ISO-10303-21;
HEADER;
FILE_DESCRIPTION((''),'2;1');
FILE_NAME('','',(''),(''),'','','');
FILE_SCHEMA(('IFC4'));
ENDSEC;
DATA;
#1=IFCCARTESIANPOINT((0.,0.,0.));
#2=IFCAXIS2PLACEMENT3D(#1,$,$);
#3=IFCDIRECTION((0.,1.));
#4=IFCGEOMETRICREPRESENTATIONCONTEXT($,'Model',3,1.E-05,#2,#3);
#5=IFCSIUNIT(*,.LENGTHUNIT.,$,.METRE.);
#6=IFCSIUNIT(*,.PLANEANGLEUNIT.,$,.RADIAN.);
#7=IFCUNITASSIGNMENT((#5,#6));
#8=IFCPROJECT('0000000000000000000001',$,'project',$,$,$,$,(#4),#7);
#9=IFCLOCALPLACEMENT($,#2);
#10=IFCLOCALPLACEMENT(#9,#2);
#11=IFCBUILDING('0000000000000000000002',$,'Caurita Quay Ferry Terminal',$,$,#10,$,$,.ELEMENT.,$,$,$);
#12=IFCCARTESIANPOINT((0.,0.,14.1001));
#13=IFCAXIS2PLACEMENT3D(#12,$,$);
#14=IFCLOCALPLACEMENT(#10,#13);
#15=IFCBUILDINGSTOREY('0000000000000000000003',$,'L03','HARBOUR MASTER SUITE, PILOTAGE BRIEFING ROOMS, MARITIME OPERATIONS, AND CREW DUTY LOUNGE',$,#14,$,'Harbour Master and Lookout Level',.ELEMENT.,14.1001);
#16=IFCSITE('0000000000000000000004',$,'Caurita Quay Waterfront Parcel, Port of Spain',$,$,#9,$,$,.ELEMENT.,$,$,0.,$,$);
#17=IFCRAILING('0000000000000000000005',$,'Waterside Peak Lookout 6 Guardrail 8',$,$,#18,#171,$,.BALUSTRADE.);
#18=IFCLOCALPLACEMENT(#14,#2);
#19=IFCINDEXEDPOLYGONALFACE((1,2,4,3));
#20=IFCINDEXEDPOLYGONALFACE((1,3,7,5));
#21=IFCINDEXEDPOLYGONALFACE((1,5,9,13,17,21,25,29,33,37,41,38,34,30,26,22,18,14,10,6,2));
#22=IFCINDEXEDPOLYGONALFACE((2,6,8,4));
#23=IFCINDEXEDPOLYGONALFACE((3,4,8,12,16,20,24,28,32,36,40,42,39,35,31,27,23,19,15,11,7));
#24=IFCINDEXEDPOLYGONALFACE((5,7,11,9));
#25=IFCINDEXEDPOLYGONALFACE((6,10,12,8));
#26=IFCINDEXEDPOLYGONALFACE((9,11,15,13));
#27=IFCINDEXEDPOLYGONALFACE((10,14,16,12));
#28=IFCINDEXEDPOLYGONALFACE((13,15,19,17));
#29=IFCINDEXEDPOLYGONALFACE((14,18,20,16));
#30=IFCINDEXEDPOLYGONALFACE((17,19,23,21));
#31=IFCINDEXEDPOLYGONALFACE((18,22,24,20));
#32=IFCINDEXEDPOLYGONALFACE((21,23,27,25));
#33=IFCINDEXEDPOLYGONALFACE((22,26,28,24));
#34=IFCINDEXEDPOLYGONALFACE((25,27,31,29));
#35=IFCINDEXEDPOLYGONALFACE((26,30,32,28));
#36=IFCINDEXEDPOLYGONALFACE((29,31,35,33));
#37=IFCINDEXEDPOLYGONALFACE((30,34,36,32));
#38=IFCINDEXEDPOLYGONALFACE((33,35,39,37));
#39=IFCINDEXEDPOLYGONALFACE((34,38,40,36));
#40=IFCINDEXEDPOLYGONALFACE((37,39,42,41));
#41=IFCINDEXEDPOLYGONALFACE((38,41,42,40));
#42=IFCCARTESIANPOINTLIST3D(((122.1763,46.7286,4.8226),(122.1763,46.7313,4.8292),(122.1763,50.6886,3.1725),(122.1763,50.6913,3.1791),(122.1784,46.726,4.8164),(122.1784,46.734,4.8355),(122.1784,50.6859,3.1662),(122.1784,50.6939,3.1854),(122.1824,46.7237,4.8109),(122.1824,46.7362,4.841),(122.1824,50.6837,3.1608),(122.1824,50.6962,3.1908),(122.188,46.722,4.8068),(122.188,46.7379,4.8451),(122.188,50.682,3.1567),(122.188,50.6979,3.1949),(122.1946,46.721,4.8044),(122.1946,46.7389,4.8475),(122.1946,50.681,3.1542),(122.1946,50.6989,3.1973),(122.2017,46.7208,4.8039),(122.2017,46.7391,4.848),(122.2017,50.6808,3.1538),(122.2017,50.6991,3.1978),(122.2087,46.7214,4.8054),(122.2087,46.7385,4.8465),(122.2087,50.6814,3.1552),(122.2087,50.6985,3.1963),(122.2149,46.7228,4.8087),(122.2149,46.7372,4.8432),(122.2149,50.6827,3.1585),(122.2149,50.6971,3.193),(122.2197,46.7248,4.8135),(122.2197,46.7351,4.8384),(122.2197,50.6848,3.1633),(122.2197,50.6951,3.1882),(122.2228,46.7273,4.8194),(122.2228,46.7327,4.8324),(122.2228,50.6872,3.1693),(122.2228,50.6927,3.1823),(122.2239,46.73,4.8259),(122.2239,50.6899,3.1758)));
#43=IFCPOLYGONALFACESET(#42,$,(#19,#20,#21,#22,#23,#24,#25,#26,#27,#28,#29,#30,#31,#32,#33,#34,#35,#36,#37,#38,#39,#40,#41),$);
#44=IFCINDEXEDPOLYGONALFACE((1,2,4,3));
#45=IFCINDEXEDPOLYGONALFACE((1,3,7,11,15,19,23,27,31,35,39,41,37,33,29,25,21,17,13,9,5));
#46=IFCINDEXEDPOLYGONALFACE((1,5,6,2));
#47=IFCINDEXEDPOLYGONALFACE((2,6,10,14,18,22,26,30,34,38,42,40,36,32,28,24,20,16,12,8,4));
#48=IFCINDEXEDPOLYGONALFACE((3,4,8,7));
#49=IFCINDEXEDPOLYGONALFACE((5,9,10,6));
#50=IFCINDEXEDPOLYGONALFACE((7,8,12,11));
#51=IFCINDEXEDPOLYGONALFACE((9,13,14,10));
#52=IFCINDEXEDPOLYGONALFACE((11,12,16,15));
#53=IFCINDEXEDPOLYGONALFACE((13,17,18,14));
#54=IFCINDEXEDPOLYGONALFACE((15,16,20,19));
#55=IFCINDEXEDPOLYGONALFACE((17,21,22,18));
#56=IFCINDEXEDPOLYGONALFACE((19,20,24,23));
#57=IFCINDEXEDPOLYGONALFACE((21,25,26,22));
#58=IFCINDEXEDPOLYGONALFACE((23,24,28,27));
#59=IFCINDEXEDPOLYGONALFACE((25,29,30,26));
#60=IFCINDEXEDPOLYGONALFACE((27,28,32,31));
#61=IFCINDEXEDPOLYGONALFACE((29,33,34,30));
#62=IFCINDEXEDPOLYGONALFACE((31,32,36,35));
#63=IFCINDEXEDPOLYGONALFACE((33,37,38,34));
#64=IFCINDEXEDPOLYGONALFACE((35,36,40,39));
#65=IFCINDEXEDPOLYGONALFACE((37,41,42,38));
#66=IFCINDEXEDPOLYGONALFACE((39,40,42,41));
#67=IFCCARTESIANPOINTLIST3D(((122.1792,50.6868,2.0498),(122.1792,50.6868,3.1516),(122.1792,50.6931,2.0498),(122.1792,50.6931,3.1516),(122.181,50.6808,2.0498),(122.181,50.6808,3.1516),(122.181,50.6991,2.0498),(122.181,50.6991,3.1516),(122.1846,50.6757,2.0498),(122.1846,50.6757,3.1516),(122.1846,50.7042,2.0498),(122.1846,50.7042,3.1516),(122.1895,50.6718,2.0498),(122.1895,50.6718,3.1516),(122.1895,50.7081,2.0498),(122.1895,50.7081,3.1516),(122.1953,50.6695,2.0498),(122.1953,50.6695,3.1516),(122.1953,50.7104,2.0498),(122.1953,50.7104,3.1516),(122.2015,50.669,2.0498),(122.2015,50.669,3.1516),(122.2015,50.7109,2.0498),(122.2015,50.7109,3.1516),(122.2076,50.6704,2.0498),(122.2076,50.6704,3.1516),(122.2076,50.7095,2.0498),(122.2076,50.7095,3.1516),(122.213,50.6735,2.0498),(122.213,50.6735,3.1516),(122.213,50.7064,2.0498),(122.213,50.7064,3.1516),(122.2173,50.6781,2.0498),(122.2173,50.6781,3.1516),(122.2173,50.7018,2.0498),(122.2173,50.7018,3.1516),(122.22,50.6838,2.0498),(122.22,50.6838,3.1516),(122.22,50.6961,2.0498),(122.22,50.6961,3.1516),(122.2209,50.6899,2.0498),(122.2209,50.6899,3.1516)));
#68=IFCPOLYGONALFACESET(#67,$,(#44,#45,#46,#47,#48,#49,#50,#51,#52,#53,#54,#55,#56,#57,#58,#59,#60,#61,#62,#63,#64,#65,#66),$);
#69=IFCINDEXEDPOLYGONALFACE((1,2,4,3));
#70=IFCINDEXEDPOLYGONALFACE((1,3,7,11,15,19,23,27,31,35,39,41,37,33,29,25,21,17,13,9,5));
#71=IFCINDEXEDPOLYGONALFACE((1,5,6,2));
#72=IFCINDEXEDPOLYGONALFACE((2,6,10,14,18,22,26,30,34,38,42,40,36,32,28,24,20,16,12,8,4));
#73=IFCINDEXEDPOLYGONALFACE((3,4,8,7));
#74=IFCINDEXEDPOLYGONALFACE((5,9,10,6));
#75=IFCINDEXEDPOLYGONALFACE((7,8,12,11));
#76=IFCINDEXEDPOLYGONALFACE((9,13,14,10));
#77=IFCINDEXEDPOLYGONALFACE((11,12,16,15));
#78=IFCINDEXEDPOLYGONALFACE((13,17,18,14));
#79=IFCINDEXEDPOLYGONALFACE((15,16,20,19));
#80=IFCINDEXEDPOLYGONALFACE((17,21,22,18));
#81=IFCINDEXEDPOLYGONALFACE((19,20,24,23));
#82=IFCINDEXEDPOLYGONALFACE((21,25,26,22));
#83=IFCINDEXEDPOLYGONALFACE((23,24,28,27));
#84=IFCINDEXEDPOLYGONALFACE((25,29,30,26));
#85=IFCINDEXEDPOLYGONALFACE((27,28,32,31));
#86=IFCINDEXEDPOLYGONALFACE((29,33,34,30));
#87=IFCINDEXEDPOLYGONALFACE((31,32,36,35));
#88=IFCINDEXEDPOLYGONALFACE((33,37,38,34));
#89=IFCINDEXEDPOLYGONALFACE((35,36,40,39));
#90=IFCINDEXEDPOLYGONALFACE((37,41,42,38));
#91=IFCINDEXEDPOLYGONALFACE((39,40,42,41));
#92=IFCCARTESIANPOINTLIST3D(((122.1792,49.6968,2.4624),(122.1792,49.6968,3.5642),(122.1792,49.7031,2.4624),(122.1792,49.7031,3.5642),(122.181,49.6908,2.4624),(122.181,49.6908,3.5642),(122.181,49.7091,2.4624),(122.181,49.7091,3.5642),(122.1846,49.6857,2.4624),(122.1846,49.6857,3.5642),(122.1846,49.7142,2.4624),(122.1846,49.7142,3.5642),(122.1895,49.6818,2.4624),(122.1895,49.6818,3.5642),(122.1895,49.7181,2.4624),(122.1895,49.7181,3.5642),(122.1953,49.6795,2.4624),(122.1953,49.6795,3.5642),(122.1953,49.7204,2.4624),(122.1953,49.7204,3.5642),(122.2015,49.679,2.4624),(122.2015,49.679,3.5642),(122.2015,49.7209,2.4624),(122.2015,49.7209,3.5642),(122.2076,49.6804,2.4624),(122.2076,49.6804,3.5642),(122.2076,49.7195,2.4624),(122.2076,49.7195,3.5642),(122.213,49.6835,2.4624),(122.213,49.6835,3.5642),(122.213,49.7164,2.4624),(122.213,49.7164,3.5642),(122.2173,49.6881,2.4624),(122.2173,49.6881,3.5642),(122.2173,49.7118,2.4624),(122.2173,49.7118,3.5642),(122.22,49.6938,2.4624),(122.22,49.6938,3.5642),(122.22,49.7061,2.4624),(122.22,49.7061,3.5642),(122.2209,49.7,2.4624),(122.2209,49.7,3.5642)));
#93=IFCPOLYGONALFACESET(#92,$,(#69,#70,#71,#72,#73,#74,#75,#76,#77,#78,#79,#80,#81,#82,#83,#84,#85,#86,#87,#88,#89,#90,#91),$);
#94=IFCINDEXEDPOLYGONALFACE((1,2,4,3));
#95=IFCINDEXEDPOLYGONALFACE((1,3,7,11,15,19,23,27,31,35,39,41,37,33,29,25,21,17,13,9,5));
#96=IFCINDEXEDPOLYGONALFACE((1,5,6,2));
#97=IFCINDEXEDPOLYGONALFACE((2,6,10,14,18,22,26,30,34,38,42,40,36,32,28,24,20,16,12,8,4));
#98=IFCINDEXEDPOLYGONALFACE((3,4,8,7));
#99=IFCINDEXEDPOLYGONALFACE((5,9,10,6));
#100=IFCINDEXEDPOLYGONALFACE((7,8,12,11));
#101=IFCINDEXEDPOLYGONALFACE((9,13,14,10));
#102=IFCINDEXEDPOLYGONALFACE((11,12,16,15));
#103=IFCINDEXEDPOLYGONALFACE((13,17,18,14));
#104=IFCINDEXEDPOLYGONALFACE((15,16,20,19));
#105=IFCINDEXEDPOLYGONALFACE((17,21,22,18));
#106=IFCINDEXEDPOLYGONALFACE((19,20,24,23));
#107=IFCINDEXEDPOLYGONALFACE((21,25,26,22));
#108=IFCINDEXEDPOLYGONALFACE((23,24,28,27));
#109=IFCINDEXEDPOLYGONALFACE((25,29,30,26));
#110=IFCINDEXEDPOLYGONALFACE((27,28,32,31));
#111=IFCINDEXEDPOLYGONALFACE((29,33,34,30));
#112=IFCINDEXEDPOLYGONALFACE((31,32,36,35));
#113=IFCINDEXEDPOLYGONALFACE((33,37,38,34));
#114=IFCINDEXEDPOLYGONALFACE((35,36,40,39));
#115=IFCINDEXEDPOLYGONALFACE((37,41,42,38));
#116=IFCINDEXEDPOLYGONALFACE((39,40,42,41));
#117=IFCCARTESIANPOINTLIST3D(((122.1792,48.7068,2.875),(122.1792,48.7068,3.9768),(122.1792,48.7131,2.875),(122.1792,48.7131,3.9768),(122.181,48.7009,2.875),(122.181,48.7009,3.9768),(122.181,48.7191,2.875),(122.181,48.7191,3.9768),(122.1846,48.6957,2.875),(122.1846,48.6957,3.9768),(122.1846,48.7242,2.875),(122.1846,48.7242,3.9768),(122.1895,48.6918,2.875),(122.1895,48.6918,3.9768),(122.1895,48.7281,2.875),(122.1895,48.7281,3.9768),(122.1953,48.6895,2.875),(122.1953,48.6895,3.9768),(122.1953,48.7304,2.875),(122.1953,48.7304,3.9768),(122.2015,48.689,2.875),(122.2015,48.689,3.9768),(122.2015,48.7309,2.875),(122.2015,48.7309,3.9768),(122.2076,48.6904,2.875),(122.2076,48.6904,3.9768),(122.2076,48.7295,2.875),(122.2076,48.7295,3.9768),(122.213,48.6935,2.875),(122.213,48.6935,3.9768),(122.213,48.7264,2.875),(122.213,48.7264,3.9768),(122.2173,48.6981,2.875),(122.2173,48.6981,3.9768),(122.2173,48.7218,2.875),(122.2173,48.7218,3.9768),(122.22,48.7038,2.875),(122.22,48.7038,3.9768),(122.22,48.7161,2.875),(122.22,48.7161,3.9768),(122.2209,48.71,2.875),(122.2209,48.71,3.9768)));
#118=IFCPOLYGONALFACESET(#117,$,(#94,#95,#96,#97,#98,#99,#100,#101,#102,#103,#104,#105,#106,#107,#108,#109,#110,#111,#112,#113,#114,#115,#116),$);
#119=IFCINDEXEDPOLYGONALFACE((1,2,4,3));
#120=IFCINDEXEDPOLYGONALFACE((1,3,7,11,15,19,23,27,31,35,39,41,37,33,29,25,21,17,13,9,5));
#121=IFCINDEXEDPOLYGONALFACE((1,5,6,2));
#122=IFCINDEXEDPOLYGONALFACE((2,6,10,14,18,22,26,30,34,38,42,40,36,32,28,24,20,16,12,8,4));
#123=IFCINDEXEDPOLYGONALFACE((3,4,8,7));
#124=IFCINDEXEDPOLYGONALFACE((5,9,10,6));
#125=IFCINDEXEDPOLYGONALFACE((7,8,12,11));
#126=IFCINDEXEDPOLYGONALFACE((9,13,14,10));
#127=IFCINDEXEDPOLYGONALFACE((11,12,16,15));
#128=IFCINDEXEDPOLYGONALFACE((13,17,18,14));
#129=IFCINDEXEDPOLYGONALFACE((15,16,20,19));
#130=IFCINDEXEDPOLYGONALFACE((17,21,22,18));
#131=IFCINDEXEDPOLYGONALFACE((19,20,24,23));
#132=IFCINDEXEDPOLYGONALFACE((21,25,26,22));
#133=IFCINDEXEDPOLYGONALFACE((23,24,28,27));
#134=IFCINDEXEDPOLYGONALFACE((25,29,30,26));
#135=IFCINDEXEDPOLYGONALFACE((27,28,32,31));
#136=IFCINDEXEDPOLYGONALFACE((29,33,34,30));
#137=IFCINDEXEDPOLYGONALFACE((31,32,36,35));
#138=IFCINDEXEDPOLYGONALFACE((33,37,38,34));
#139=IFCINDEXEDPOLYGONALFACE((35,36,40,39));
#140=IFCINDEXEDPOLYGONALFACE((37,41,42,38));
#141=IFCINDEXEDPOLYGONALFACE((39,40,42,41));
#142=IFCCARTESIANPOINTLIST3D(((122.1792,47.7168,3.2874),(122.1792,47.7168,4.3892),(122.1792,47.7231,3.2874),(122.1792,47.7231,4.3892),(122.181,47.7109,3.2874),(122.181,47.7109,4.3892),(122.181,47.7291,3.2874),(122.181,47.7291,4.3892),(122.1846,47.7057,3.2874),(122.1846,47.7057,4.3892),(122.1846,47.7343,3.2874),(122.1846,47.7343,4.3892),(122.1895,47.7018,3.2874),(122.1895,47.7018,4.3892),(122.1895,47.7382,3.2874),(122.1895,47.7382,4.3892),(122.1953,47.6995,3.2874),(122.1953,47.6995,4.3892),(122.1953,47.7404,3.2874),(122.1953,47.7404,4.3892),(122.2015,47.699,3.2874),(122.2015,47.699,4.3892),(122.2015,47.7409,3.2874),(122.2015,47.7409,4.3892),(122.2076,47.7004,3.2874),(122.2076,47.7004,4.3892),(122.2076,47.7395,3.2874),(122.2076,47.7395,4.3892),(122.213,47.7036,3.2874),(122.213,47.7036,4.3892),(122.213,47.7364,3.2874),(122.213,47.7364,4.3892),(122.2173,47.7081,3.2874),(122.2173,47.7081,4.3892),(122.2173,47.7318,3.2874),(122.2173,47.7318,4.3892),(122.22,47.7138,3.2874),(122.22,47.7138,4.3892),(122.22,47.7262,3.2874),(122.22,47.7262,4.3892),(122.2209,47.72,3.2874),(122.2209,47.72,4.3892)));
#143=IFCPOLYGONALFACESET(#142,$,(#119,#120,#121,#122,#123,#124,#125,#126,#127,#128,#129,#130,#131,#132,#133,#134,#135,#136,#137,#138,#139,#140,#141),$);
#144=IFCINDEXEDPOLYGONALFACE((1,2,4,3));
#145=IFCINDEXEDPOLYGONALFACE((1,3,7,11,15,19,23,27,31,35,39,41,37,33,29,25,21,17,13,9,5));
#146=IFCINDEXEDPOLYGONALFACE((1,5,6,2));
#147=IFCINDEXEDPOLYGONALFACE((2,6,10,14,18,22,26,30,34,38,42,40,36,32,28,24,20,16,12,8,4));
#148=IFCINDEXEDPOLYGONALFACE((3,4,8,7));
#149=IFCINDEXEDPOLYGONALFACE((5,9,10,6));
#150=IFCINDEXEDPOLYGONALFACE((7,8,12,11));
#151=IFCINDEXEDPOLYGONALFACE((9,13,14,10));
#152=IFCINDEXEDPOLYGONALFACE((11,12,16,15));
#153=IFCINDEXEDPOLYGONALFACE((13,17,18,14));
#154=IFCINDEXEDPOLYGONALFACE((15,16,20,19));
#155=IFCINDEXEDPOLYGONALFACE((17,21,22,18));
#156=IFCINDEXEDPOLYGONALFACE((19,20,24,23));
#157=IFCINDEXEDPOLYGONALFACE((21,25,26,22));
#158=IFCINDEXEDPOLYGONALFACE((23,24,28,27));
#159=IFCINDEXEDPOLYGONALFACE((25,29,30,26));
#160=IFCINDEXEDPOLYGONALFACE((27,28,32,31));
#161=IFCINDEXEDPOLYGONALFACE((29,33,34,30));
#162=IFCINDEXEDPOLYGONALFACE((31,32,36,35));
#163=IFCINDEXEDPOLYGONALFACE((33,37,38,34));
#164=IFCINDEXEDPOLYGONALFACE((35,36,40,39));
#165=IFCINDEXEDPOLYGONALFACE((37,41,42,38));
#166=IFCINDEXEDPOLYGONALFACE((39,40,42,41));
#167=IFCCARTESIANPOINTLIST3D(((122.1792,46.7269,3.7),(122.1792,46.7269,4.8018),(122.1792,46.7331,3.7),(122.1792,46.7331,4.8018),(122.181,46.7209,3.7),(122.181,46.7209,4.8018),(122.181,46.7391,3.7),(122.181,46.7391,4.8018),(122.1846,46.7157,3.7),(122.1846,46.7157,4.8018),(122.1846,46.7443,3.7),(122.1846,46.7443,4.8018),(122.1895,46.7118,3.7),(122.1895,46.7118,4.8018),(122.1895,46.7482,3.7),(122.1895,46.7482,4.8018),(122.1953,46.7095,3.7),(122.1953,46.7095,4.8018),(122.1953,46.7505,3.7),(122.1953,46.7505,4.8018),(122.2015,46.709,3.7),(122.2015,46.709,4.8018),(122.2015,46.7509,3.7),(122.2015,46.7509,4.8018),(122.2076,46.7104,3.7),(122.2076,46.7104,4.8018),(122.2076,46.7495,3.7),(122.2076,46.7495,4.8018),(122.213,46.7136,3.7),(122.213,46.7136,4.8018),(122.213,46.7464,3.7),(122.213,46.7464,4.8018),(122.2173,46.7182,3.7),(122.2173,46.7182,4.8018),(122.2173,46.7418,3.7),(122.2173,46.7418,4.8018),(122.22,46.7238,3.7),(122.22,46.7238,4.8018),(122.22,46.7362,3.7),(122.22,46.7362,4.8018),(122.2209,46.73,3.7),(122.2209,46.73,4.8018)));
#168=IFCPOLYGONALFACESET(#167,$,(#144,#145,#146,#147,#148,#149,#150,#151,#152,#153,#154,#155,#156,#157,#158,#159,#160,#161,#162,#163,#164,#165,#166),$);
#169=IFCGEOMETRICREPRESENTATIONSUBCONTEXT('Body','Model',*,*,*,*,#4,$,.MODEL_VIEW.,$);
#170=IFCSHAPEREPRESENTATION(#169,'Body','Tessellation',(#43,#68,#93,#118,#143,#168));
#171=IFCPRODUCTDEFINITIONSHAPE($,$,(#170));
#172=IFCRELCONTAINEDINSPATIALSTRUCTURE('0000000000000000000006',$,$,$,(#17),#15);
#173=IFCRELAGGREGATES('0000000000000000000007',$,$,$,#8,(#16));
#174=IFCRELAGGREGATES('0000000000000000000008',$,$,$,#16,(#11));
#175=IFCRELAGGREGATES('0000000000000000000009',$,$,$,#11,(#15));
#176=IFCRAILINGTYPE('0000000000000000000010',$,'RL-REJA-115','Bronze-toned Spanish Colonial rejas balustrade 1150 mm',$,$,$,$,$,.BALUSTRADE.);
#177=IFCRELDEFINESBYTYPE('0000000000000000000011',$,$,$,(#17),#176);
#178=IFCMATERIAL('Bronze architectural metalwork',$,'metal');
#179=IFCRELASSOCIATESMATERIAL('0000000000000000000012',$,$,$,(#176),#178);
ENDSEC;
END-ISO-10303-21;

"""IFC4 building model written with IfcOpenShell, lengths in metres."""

from ifc_helpers import new_model, si_unit, direction, frame, origin, origin_2d, place, context, subcontext, project, spatial, circle, extrude, material, type_object, element, save


model = new_model("IFC4")

# Units and contexts
model_context = context("Model", 3, precision=1e-05, world=origin(), true_north=direction((0.0, 1.0)))
body_context = subcontext(model_context, "Body", "Model", "MODEL_VIEW")
ifc_project = project(units=[si_unit("LENGTHUNIT", "METRE"), si_unit("PLANEANGLEUNIT", "RADIAN")], contexts=[model_context])

# Site, building, storey
site_placement = place(None, origin())
site = spatial("IfcSite", under=ifc_project, at=site_placement, Name="Caurita Quay Waterfront Parcel, Port of Spain", CompositionType="ELEMENT", RefElevation=0.0)
building_placement = place(site_placement, origin())
building = spatial("IfcBuilding", under=site, at=building_placement, Name="Caurita Quay Ferry Terminal", CompositionType="ELEMENT")
storey_placement = place(building_placement, frame((0.0, 0.0, 14.1001)))
storey = spatial("IfcBuildingStorey", under=building, at=storey_placement, Name="L03", Description="HARBOUR MASTER SUITE, PILOTAGE BRIEFING ROOMS, MARITIME OPERATIONS, AND CREW DUTY LOUNGE", LongName="Harbour Master and Lookout Level", CompositionType="ELEMENT", Elevation=14.1001)

# Railing
ifc_material_1 = material(Name="Bronze architectural metalwork", Category="metal")
railing_type_1 = type_object("IfcRailingType", Name="RL-REJA-115", Description="Bronze-toned Spanish Colonial rejas balustrade 1150 mm", PredefinedType="BALUSTRADE", material=ifc_material_1)
for number, where, name in (
    (1, (122.2, 50.6899, 2.0498), "Waterside Peak Lookout 6 Guardrail 8"),
):
    element("IfcRailing", number, at=place(storey_placement, frame(where)), inside=storey, type_object=railing_type_1, Name=name, PredefinedType="BALUSTRADE", context=body_context, shape_type="SweptSolid", body=[
        extrude(circle(Radius=0.0239, at=origin_2d()), frame((0.0, 0.0, 1.126), z_axis=(0.0, -0.923063, 0.384648), x_axis=(1.0, 0.0, 0.0)), (0.0, 0.0, 1.0), 4.29),
        extrude(circle(Radius=0.021, at=origin_2d()), origin(), (0.0, 0.0, 1.0), 1.1018),
        extrude(circle(Radius=0.021, at=origin_2d()), frame((0.0, -0.99, 0.4126)), (0.0, 0.0, 1.0), 1.1018),
        extrude(circle(Radius=0.021, at=origin_2d()), frame((0.0, -1.98, 0.8252)), (0.0, 0.0, 1.0), 1.1018),
        extrude(circle(Radius=0.021, at=origin_2d()), frame((0.0, -2.97, 1.2375)), (0.0, 0.0, 1.0), 1.1018),
        extrude(circle(Radius=0.021, at=origin_2d()), frame((0.0, -3.96, 1.6501)), (0.0, 0.0, 1.0), 1.1018),
    ])

save(model, "model.ifc")
